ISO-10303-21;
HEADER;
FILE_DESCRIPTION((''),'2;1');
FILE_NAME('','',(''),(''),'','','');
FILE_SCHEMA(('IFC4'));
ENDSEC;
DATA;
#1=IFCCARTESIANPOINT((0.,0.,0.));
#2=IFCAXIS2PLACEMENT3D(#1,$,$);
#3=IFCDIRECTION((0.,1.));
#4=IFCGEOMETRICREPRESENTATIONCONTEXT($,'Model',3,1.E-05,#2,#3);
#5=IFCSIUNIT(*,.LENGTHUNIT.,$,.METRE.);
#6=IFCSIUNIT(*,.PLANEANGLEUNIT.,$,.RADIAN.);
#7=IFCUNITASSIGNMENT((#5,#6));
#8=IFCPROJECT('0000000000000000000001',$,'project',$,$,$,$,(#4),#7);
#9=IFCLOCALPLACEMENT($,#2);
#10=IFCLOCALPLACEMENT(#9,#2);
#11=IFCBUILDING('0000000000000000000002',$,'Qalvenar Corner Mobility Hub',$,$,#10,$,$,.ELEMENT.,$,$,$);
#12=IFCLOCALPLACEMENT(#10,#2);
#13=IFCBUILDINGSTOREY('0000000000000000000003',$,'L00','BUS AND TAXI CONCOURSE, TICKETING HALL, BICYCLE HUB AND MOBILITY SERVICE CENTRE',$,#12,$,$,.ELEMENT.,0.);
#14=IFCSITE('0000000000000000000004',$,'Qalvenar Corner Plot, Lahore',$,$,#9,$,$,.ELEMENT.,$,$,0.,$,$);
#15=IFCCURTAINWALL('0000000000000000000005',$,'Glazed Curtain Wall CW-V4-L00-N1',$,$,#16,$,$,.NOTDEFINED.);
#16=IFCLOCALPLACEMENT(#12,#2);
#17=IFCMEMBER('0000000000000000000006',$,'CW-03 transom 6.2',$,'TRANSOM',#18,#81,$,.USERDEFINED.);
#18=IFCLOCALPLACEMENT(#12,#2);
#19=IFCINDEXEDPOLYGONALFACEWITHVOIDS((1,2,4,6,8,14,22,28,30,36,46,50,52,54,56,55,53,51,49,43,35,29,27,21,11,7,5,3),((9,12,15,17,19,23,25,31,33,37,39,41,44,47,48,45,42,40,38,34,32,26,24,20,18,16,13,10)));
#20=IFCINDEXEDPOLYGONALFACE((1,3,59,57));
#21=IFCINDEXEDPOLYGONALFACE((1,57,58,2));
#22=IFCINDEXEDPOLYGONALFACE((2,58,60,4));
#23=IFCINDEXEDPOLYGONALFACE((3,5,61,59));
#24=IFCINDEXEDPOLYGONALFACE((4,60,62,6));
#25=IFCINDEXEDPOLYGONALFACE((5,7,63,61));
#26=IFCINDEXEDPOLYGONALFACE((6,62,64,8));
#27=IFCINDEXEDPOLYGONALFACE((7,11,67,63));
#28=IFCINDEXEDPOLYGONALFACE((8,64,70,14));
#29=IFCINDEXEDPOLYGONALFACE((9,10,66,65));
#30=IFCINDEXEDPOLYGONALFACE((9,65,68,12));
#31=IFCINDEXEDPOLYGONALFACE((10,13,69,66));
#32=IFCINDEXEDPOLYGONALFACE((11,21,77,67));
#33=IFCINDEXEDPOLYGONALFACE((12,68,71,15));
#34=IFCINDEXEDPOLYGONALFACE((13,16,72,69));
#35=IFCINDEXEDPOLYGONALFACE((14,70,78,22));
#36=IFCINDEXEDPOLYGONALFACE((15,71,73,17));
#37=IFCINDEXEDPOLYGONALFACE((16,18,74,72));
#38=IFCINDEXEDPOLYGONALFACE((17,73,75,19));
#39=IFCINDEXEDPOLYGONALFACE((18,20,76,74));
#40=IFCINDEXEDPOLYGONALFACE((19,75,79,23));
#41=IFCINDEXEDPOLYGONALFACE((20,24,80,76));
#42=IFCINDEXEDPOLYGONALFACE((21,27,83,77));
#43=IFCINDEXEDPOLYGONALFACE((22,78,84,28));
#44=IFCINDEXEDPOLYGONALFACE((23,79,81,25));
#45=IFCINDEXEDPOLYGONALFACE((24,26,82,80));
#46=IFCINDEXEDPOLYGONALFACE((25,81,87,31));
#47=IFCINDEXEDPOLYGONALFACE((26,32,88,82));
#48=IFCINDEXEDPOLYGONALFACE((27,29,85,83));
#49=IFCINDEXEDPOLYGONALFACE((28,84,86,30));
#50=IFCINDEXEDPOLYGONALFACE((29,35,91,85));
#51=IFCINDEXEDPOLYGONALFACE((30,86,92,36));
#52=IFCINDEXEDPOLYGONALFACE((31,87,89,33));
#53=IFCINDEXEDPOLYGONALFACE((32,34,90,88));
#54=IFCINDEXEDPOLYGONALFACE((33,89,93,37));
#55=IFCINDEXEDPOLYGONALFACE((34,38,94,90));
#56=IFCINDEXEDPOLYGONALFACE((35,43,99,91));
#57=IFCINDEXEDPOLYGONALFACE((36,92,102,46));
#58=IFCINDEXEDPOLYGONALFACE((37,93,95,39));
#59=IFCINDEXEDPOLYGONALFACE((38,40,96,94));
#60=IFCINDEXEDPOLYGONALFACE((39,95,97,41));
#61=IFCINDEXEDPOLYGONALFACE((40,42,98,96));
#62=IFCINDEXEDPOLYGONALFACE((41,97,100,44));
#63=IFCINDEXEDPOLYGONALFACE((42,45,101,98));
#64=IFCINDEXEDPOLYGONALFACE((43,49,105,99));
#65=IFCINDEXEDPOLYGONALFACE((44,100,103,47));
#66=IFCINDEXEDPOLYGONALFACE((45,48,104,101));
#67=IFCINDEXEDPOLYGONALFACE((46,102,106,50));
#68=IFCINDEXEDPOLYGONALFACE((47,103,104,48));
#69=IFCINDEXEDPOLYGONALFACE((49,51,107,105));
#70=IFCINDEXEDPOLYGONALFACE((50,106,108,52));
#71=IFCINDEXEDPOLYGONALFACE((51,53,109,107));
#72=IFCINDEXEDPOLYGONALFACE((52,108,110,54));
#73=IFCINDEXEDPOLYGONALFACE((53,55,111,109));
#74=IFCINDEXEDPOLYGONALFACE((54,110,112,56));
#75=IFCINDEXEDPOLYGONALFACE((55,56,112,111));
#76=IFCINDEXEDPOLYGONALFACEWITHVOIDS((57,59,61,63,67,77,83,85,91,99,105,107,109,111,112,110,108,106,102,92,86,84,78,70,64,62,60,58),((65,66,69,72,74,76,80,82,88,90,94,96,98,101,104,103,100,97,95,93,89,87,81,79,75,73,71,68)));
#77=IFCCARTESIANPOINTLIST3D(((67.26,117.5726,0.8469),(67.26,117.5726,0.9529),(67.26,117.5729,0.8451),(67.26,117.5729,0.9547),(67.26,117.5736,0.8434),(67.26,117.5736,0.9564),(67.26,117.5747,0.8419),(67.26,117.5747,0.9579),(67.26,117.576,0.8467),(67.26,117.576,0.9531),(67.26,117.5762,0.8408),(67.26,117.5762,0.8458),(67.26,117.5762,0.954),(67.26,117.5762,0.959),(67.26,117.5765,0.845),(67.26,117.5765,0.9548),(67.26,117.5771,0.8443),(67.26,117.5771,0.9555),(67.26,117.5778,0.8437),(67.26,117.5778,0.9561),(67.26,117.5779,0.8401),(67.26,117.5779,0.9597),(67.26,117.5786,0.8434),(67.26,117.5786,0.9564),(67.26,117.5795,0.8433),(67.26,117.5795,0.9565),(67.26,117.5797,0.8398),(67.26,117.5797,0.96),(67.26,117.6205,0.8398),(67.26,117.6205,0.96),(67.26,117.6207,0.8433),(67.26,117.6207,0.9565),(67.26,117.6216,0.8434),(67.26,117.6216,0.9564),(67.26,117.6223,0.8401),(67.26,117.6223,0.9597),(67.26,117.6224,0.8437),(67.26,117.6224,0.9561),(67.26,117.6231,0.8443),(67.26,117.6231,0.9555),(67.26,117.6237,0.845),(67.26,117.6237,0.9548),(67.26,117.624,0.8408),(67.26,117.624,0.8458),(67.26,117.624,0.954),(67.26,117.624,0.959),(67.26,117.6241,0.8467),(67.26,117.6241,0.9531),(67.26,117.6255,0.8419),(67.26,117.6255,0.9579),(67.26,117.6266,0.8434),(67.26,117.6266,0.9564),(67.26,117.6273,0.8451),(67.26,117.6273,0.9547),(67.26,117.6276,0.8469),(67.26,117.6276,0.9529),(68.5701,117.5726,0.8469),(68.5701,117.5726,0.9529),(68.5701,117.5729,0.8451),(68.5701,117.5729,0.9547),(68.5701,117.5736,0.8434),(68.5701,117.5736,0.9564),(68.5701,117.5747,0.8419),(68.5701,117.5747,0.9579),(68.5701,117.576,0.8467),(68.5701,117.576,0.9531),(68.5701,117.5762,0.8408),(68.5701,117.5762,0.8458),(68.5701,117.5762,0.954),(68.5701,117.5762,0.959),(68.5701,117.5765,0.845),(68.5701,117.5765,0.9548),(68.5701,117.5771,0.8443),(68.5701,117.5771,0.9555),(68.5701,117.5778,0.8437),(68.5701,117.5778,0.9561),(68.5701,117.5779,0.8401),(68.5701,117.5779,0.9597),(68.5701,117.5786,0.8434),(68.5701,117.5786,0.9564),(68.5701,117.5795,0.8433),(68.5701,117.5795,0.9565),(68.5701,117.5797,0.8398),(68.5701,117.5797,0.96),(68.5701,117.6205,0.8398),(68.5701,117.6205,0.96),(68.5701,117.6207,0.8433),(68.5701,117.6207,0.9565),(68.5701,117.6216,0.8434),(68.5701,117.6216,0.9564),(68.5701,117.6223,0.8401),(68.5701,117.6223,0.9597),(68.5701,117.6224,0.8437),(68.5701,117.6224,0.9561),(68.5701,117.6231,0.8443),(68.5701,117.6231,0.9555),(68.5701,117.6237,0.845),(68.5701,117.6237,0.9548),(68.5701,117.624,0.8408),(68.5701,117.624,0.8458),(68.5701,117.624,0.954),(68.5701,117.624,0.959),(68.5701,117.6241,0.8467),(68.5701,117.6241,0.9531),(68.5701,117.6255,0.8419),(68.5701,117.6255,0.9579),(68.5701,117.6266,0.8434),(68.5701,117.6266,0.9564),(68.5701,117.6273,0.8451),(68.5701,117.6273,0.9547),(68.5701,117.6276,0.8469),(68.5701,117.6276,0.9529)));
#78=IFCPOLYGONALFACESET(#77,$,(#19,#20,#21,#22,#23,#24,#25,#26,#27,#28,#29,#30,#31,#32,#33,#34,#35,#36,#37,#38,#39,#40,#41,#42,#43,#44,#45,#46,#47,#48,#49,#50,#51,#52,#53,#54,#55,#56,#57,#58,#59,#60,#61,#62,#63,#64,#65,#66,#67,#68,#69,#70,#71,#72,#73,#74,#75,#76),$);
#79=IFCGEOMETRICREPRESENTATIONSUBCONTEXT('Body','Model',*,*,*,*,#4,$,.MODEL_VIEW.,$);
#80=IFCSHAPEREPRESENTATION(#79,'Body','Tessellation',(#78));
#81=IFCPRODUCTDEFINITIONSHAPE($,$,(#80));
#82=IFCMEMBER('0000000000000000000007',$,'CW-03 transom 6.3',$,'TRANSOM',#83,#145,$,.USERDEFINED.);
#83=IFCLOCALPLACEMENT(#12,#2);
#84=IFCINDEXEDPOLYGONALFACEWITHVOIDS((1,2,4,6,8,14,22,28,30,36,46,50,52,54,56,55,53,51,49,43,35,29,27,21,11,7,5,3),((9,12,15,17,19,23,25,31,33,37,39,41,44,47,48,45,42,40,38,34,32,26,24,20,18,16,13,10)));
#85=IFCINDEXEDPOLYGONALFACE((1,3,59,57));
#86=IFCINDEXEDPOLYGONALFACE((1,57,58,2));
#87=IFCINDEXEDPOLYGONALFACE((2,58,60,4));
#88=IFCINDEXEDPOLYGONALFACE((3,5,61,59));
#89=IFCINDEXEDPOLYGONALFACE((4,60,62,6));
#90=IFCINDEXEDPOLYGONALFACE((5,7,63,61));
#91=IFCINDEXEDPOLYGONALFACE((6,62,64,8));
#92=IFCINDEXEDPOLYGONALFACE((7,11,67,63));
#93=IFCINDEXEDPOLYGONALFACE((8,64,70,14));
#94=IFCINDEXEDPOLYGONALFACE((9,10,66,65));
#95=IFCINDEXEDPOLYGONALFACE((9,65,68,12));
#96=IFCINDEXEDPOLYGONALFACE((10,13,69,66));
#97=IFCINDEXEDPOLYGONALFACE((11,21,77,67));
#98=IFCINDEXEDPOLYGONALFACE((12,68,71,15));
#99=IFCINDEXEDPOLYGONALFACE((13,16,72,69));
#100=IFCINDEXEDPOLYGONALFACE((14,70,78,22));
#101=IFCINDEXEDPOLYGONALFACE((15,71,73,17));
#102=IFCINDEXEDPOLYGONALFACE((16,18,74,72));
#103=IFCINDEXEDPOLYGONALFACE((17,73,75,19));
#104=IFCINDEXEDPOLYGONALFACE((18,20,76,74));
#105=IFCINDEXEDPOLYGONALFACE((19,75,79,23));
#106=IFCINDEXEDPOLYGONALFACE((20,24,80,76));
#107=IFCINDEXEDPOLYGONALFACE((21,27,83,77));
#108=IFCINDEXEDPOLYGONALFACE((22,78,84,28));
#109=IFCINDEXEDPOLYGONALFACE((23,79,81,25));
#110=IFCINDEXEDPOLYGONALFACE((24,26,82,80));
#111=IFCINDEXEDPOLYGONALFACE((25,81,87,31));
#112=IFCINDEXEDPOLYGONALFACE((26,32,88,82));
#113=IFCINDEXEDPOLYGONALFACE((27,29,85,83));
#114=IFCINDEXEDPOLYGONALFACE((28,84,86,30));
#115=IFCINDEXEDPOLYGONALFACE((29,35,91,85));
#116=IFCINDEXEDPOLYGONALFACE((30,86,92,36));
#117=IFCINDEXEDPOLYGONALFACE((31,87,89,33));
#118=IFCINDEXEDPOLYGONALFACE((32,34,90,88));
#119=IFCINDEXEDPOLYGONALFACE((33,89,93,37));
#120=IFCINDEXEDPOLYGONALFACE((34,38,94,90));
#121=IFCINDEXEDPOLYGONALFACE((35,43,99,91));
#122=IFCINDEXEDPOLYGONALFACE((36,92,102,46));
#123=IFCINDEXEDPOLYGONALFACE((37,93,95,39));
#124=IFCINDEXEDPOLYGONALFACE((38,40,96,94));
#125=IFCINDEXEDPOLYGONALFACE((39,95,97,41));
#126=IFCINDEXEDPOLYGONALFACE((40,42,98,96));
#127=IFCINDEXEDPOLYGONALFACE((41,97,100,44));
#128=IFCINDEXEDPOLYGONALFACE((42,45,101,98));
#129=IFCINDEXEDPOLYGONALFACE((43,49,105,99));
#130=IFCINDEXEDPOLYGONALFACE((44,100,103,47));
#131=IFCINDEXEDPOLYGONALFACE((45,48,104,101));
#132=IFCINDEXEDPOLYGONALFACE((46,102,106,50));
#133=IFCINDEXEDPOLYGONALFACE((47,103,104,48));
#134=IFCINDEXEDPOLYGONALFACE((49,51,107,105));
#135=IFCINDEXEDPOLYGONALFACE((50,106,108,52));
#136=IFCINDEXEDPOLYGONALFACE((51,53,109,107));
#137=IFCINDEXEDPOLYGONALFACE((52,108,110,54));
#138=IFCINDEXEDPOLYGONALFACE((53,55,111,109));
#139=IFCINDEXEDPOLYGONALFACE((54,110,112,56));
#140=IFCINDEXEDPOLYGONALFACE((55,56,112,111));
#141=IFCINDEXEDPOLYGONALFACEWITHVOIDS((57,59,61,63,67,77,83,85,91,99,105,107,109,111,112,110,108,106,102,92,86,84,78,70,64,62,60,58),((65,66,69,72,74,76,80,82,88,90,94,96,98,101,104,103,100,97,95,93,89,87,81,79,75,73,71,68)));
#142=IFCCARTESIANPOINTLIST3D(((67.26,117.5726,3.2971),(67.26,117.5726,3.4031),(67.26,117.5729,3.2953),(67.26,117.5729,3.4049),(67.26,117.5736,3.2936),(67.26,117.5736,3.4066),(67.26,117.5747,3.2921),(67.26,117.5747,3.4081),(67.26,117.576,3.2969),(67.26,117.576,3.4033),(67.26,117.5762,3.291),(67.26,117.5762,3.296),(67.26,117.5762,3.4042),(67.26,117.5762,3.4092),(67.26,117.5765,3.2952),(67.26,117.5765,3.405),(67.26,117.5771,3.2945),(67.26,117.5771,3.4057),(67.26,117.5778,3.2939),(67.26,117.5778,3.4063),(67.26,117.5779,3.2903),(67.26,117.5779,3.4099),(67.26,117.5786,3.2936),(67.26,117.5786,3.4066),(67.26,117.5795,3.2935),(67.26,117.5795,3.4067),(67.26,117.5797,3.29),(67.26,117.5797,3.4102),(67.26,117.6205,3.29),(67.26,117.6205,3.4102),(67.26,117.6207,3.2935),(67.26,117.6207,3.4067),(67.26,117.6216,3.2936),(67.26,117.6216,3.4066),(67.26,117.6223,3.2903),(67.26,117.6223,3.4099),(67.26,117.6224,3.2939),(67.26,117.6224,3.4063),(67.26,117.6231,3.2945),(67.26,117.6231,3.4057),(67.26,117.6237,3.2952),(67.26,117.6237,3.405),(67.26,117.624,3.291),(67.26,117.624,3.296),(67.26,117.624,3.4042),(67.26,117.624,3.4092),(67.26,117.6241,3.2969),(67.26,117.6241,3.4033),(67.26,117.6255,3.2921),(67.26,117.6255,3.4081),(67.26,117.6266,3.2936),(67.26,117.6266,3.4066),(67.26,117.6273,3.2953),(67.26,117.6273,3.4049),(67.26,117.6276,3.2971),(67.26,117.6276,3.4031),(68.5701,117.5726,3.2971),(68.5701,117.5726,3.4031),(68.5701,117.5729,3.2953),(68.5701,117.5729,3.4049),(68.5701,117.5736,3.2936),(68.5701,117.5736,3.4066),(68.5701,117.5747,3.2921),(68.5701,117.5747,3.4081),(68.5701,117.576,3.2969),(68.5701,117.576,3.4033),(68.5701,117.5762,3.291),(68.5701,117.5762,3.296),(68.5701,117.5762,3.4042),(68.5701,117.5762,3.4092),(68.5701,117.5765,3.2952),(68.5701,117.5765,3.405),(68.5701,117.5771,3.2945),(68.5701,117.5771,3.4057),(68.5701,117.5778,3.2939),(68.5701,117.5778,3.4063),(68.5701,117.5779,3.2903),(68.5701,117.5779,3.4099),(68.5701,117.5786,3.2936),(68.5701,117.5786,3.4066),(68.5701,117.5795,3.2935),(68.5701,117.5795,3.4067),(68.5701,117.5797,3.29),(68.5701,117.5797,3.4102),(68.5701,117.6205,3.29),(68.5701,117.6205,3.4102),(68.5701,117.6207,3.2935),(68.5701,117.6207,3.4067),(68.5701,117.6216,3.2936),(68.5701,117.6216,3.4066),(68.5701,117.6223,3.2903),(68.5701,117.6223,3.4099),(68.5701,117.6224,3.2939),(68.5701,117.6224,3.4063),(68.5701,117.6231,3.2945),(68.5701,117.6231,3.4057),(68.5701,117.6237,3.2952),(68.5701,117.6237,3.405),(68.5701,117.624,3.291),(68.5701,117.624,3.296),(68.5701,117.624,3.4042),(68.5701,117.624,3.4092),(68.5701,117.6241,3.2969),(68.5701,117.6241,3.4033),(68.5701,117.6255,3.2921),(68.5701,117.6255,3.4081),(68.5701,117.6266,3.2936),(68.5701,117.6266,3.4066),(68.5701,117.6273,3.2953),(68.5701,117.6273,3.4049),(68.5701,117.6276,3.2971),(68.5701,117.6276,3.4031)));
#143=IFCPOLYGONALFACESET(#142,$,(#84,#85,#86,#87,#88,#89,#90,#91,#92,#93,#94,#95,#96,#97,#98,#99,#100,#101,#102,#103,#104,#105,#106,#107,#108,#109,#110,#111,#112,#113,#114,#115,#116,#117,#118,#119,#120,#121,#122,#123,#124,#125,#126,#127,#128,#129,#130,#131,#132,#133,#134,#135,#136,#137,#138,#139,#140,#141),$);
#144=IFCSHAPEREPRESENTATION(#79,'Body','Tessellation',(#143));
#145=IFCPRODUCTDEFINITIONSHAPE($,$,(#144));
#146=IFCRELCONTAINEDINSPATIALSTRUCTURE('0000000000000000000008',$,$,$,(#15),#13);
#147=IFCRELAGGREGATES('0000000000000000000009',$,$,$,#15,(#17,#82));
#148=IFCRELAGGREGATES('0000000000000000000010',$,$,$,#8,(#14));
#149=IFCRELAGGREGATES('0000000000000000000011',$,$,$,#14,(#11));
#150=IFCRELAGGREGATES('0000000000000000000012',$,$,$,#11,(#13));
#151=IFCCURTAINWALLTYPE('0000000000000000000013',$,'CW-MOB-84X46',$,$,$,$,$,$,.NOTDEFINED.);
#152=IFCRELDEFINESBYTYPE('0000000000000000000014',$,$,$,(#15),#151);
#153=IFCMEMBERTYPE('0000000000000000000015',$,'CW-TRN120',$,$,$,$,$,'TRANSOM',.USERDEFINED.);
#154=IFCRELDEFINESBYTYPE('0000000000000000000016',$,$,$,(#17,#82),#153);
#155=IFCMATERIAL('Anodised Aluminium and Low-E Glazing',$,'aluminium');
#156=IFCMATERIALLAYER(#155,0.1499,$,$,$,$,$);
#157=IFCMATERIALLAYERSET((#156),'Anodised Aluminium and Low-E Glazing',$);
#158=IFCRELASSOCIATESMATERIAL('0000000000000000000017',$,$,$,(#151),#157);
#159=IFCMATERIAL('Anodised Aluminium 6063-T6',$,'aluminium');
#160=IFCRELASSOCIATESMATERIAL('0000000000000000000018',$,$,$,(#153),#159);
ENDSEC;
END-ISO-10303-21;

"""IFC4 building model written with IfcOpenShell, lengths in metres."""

from ifc_helpers import new_model, si_unit, direction, frame, origin, origin_2d, place, context, subcontext, project, spatial, hollow_rectangle, extrude, material, layer, layer_set, material_profile, profile_set, type_object, element, aggregate, save


model = new_model("IFC4")

# Units and contexts
model_context = context("Model", 3, precision=1e-05, world=origin(), true_north=direction((0.0, 1.0)))
body_context = subcontext(model_context, "Body", "Model", "MODEL_VIEW")
ifc_project = project(units=[si_unit("LENGTHUNIT", "METRE"), si_unit("PLANEANGLEUNIT", "RADIAN")], contexts=[model_context])

# Site, building, storey
site_placement = place(None, origin())
site = spatial("IfcSite", under=ifc_project, at=site_placement, Name="Qalvenar Corner Plot, Lahore", CompositionType="ELEMENT", RefElevation=0.0)
building_placement = place(site_placement, origin())
building = spatial("IfcBuilding", under=site, at=building_placement, Name="Qalvenar Corner Mobility Hub", CompositionType="ELEMENT")
storey_placement = place(building_placement, origin())
storey = spatial("IfcBuildingStorey", under=building, at=storey_placement, Name="L00", Description="BUS AND TAXI CONCOURSE, TICKETING HALL, BICYCLE HUB AND MOBILITY SERVICE CENTRE", CompositionType="ELEMENT", Elevation=0.0)

# Curtain wall, members
ifc_material_1 = material(Name="Anodised Aluminium and Low-E Glazing", Category="aluminium")
ifc_layer_1 = layer(ifc_material_1, 0.1499)
ifc_layer_set_1 = layer_set([ifc_layer_1], Name="Anodised Aluminium and Low-E Glazing")
curtain_wall_type = type_object("IfcCurtainWallType", Name="CW-MOB-84X46", PredefinedType="NOTDEFINED", material=ifc_layer_set_1)
curtain_wall_placement = place(storey_placement, origin())
curtain_wall = element("IfcCurtainWall", 1, at=curtain_wall_placement, inside=storey, type_object=curtain_wall_type, Name="Glazed Curtain Wall CW-V4-L00-N1", PredefinedType="NOTDEFINED")
ifc_material_2 = material(Name="Anodised Aluminium 6063-T6", Category="aluminium")
ifc_material_profile_1 = material_profile(ifc_material_2, hollow_rectangle(XDim=0.0549, YDim=0.1201, WallThickness=0.0034, InnerFilletRadius=0.0034, OuterFilletRadius=0.0071, at=origin_2d()), Name="RHS120x55x3.5")
ifc_profile_set_1 = profile_set([ifc_material_profile_1], Name="Anodised Aluminium 6063-T6")
member_type_1 = type_object("IfcMemberType", Name="CW-TRN120", ElementType="TRANSOM", PredefinedType="USERDEFINED", material=ifc_profile_set_1)
member_1_placement = place(storey_placement, frame((68.5701, 117.6001, 0.8999), z_axis=(-1.0, 0.0, 0.0), x_axis=(0.0, -1.0, 0.0)))
member_1 = element("IfcMember", 2, at=member_1_placement, type_object=member_type_1, Name="CW-03 transom 6.2", ObjectType="TRANSOM", PredefinedType="USERDEFINED", context=body_context, shape_type="SweptSolid", body=[
    extrude(hollow_rectangle(XDim=0.0549, YDim=0.1201, WallThickness=0.0034, InnerFilletRadius=0.0034, OuterFilletRadius=0.0071, at=origin_2d()), origin(), (0.0, 0.0, 1.0), 1.3101),
])
member_2_placement = place(storey_placement, frame((68.5701, 117.6001, 3.3501), z_axis=(-1.0, 0.0, 0.0), x_axis=(0.0, -1.0, 0.0)))
member_2 = element("IfcMember", 3, at=member_2_placement, type_object=member_type_1, Name="CW-03 transom 6.3", ObjectType="TRANSOM", PredefinedType="USERDEFINED", context=body_context, shape_type="SweptSolid", body=[
    extrude(hollow_rectangle(XDim=0.0549, YDim=0.1201, WallThickness=0.0034, InnerFilletRadius=0.0034, OuterFilletRadius=0.0071, at=origin_2d()), origin(), (0.0, 0.0, 1.0), 1.3101),
])
aggregate(curtain_wall, [member_1, member_2])

save(model, "model.ifc")
